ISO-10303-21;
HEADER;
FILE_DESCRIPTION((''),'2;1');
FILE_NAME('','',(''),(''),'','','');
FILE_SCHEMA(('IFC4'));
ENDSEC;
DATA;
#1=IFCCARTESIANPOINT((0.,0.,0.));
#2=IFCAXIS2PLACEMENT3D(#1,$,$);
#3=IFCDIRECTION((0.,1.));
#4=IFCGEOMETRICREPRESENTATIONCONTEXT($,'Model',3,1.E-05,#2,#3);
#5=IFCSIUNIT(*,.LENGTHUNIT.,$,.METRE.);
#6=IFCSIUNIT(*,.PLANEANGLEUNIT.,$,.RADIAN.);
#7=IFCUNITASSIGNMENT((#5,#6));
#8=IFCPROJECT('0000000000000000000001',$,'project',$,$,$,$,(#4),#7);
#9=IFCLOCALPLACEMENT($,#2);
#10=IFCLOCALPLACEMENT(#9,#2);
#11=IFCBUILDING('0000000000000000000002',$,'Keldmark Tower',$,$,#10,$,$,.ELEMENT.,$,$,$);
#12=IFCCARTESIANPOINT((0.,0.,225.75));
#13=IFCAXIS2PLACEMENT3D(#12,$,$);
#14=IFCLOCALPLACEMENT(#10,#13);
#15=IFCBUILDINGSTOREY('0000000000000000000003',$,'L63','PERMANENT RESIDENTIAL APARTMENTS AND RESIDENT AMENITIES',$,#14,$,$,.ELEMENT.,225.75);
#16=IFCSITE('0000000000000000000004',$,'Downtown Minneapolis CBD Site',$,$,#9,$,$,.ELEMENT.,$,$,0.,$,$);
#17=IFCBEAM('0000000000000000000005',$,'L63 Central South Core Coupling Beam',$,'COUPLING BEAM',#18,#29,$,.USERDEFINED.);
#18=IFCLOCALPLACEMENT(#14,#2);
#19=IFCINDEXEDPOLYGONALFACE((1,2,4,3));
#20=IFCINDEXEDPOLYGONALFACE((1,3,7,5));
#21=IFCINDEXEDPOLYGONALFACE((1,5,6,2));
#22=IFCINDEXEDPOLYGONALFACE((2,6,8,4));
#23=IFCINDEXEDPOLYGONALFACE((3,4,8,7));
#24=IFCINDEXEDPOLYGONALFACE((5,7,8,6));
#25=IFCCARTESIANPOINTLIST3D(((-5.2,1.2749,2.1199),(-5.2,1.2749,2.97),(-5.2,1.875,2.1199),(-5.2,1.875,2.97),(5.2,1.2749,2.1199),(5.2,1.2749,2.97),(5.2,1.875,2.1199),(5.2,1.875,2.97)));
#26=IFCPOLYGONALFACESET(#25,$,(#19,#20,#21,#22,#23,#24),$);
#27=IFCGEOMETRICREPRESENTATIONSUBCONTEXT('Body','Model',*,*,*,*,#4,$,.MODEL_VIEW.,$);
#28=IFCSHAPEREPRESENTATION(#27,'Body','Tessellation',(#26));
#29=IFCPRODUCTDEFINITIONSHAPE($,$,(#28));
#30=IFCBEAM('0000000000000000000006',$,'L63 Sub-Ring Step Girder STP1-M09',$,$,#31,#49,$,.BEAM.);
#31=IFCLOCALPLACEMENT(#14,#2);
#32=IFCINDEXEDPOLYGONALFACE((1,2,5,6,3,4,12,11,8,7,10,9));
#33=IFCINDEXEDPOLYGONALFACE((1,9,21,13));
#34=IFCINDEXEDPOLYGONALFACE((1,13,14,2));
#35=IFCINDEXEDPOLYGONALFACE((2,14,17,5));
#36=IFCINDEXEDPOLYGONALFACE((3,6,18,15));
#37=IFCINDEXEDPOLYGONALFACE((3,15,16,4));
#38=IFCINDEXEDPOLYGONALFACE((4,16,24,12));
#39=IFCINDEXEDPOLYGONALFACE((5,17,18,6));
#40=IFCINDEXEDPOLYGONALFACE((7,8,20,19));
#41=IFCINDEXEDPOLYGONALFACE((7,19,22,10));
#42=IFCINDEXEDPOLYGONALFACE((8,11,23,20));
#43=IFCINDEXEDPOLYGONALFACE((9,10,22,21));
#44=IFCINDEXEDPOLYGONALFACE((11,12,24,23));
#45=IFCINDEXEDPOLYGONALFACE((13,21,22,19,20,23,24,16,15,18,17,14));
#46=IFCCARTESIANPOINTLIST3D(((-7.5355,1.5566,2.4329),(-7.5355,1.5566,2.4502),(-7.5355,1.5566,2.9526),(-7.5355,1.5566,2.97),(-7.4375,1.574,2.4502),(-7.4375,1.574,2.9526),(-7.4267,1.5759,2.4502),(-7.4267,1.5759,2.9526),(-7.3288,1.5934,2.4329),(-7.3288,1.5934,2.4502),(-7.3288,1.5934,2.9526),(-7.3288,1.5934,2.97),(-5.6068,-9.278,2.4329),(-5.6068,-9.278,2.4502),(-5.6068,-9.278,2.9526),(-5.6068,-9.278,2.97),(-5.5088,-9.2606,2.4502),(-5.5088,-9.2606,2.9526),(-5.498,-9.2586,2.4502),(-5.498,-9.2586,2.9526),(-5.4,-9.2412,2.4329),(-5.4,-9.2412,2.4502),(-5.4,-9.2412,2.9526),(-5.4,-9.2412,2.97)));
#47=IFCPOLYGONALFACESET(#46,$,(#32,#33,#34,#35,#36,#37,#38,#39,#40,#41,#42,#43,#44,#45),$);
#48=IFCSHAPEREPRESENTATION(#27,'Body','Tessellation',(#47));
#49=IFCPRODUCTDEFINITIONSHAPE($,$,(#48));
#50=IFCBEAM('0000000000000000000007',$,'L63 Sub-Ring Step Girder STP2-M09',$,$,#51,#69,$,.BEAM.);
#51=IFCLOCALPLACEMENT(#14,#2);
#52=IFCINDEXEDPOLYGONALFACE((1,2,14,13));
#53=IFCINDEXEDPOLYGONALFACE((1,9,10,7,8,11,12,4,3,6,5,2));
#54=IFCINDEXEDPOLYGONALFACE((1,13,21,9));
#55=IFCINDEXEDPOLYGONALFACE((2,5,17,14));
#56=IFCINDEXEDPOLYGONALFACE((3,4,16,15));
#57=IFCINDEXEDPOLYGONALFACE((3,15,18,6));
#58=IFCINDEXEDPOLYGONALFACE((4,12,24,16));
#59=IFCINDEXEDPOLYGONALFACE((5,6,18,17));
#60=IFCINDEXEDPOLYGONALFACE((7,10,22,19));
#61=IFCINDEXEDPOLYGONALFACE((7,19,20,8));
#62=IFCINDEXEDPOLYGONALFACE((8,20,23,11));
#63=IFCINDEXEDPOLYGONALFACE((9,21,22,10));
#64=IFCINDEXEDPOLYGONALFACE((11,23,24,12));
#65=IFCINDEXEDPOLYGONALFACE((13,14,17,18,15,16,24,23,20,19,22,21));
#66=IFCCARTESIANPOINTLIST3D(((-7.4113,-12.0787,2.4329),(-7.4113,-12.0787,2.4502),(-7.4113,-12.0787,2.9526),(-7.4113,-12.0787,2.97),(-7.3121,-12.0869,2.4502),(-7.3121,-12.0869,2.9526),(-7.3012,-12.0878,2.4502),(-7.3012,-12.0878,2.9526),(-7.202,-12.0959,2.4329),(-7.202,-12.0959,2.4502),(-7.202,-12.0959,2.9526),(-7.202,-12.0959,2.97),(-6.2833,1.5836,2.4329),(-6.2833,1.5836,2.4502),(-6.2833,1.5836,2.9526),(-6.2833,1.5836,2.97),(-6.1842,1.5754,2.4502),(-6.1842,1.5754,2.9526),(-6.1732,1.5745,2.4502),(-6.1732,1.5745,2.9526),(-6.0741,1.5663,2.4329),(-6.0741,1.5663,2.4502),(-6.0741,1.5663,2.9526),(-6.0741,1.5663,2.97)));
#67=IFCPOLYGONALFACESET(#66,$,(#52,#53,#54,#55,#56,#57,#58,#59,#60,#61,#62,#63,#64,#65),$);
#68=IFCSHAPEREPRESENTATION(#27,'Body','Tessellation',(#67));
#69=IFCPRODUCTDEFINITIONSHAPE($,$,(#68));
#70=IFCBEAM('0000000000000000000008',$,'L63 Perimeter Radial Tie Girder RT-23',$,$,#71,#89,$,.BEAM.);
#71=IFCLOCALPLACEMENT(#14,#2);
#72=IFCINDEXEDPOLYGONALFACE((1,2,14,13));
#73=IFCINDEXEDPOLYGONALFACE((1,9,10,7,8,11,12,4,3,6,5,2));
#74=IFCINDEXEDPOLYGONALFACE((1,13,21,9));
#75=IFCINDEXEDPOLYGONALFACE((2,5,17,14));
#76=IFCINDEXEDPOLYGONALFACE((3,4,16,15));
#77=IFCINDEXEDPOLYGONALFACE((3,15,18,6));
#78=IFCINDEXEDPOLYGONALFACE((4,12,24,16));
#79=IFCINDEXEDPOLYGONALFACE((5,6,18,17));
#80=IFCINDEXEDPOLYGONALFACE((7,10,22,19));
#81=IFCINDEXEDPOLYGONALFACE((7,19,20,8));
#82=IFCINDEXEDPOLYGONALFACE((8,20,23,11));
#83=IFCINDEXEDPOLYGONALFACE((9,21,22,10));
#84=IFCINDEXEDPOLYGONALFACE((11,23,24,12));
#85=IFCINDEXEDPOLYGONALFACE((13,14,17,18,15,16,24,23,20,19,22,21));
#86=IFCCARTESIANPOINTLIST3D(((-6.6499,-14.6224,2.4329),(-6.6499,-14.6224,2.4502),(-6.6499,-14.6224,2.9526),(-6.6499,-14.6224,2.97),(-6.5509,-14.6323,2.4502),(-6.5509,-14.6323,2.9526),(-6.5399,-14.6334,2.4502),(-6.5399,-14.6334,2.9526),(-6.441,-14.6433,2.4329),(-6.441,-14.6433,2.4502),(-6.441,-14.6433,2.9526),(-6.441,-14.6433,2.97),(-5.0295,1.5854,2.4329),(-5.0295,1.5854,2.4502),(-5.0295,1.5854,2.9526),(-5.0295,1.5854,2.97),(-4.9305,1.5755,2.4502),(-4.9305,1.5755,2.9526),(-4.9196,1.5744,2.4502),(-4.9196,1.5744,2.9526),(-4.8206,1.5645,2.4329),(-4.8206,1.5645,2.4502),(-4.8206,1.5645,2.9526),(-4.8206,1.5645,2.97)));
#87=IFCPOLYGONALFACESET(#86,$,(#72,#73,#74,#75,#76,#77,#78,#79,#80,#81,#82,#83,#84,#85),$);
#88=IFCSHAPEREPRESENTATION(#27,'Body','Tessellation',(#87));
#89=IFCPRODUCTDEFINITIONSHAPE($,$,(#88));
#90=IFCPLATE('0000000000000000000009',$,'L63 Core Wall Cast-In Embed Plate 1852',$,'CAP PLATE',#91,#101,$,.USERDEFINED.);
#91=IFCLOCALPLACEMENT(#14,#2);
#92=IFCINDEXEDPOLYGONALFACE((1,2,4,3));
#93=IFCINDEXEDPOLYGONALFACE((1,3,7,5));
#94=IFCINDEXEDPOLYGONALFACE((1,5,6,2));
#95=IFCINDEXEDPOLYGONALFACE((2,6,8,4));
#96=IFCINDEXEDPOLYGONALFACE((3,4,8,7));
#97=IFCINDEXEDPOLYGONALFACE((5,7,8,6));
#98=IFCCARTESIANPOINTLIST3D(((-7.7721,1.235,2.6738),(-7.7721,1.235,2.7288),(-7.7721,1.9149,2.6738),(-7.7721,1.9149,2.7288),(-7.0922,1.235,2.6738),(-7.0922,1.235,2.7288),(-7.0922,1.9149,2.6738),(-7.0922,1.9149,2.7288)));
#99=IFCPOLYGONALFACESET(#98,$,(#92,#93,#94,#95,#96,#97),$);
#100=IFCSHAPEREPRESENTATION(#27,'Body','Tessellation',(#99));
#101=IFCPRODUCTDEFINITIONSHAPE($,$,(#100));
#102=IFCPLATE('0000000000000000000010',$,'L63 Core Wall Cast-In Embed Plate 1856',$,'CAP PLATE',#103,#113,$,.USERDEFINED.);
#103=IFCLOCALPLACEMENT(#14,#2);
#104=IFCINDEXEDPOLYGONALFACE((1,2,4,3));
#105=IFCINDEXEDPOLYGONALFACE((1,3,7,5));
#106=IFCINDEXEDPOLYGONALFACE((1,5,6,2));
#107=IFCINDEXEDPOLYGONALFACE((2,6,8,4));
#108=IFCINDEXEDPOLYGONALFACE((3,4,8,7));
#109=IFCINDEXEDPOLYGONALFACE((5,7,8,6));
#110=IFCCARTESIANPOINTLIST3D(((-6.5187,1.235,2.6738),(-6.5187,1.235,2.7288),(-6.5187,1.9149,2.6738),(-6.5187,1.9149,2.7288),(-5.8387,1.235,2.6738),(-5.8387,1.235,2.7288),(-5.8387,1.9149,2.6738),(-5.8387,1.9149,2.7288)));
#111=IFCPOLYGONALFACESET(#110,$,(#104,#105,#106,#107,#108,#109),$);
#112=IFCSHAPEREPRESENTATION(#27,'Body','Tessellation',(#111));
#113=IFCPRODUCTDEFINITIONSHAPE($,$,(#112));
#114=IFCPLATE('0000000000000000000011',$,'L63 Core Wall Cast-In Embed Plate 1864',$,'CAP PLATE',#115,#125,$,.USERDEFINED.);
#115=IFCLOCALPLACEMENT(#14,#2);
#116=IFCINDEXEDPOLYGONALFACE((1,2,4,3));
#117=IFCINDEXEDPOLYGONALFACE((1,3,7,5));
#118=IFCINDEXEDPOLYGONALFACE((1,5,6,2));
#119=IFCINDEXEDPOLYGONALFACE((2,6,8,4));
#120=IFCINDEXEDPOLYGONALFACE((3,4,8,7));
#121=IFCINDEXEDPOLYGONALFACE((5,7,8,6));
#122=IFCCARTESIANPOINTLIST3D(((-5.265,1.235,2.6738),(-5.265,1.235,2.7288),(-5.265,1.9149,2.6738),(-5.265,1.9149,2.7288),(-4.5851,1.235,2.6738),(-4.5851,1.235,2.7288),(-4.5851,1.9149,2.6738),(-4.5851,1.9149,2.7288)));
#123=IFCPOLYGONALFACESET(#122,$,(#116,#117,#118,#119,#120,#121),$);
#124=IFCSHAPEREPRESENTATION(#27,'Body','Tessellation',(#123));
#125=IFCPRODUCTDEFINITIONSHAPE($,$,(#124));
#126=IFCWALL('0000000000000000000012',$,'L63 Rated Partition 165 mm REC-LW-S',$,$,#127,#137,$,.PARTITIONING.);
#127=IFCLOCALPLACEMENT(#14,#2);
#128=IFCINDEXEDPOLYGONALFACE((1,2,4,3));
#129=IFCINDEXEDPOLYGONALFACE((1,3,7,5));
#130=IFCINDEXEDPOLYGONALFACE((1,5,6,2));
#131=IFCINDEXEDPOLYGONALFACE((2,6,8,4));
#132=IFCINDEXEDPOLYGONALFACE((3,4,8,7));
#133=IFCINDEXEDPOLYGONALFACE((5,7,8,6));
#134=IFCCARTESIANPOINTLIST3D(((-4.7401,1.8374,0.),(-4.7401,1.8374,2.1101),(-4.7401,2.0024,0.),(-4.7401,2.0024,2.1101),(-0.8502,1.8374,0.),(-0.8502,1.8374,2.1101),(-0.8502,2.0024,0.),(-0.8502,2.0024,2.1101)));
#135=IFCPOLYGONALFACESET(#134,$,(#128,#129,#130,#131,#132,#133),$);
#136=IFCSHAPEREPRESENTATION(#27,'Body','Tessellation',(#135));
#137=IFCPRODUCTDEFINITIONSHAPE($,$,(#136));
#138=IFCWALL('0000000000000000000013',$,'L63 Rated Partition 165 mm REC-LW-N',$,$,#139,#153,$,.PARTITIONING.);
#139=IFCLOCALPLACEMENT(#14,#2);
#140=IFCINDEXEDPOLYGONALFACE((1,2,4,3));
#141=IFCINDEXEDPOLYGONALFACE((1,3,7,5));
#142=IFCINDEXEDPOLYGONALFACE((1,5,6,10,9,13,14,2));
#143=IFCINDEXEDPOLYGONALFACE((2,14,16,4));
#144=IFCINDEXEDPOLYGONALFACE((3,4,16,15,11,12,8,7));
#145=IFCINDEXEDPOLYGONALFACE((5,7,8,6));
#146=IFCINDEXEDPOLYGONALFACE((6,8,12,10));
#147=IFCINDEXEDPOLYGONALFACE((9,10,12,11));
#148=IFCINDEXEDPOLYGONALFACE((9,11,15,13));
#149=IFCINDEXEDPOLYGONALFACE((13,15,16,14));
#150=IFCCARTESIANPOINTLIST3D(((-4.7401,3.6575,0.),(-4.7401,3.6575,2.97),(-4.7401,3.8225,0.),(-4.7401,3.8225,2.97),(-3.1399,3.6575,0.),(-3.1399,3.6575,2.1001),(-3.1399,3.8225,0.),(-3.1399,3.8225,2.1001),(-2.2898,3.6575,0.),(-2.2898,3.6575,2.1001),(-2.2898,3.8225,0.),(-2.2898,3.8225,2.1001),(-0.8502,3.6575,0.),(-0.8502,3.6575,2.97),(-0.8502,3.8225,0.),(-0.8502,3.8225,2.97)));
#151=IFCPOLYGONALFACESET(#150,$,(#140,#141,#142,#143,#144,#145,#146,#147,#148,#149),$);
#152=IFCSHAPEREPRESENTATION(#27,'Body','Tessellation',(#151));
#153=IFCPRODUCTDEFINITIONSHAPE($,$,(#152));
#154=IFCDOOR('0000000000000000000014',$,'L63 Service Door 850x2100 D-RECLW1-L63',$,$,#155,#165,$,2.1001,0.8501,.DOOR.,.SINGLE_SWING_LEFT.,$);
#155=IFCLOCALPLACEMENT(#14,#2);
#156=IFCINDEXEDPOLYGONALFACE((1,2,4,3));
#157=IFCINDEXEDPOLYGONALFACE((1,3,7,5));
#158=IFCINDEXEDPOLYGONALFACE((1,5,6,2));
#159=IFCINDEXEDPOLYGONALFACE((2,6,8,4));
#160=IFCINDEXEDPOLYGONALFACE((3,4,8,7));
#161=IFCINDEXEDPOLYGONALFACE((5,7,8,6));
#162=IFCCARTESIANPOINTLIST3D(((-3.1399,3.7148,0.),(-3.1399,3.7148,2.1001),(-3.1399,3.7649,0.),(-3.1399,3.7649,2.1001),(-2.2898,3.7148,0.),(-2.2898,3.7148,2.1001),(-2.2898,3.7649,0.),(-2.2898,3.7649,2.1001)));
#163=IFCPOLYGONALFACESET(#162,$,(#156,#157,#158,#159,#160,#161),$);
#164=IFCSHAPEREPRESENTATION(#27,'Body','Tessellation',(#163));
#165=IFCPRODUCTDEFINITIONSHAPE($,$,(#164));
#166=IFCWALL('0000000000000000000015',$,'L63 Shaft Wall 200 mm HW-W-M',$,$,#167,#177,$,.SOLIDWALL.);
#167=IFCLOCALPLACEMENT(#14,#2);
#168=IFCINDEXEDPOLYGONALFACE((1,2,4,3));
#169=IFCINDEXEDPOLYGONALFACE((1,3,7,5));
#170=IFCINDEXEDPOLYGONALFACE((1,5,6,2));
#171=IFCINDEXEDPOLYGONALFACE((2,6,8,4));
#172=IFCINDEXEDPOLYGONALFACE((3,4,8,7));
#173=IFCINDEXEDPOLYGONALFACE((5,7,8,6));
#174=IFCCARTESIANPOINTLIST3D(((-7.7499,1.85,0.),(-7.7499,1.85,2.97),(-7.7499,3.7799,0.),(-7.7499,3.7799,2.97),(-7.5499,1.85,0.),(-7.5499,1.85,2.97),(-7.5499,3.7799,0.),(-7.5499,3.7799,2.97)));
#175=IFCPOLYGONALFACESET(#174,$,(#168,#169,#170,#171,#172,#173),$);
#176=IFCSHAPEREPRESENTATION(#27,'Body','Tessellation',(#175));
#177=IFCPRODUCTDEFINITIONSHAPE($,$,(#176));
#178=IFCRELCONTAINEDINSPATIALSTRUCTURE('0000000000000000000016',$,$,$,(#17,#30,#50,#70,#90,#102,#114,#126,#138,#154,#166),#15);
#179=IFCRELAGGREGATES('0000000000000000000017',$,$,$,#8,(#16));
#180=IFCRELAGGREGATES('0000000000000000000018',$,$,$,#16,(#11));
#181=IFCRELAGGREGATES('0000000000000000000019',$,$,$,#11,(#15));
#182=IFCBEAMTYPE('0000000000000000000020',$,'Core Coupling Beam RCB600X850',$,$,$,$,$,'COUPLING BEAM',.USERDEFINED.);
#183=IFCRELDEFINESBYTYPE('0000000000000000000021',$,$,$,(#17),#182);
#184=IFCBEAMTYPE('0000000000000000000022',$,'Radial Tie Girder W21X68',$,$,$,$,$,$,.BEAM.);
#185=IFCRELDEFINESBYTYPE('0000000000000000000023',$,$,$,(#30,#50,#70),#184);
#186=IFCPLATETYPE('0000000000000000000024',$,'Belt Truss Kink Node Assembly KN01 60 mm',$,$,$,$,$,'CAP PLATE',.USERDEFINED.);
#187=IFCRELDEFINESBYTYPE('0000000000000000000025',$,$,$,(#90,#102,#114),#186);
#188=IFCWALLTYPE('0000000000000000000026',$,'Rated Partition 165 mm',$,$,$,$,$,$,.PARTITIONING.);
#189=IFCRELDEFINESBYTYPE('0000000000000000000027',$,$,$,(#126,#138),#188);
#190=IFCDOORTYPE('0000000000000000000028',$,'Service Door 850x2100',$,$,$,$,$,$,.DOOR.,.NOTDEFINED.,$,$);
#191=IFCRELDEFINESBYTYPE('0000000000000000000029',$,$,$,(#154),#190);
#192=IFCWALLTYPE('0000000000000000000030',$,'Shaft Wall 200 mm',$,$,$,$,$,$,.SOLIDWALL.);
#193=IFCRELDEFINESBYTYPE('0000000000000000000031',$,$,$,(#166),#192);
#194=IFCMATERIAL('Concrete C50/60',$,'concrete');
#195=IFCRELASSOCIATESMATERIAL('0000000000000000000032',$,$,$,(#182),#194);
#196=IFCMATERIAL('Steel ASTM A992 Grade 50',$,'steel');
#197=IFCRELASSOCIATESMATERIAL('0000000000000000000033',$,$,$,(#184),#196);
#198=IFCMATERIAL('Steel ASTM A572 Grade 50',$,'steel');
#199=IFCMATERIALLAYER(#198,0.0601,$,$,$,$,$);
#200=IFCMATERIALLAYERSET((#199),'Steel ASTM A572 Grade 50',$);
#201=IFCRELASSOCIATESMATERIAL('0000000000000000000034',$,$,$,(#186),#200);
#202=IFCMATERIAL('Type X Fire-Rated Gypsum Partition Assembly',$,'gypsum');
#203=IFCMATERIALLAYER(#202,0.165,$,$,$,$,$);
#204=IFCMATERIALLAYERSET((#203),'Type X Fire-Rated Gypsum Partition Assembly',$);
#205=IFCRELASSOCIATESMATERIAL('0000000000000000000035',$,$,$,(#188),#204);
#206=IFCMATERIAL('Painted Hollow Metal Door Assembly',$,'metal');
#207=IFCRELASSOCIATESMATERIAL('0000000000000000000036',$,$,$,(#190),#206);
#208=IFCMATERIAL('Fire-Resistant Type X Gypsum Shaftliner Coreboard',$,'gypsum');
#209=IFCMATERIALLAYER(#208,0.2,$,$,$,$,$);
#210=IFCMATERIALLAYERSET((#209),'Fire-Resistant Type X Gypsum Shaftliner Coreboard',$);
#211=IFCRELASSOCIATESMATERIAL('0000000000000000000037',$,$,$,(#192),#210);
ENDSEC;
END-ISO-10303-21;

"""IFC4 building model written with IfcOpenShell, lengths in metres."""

from ifc_helpers import new_model, si_unit, direction, frame, frame_2d, origin, origin_2d, place, context, subcontext, project, spatial, rectangle, i_section, extrude, material, layer, layer_set, material_profile, profile_set, type_object, element, fill, save


model = new_model("IFC4")

# Units and contexts
model_context = context("Model", 3, precision=1e-05, world=origin(), true_north=direction((0.0, 1.0)))
body_context = subcontext(model_context, "Body", "Model", "MODEL_VIEW")
ifc_project = project(units=[si_unit("LENGTHUNIT", "METRE"), si_unit("PLANEANGLEUNIT", "RADIAN")], contexts=[model_context])

# Site, building, storey
site_placement = place(None, origin())
site = spatial("IfcSite", under=ifc_project, at=site_placement, Name="Downtown Minneapolis CBD Site", CompositionType="ELEMENT", RefElevation=0.0)
building_placement = place(site_placement, origin())
building = spatial("IfcBuilding", under=site, at=building_placement, Name="Keldmark Tower", CompositionType="ELEMENT")
storey_placement = place(building_placement, frame((0.0, 0.0, 225.75)))
storey = spatial("IfcBuildingStorey", under=building, at=storey_placement, Name="L63", Description="PERMANENT RESIDENTIAL APARTMENTS AND RESIDENT AMENITIES", CompositionType="ELEMENT", Elevation=225.75)

# Beams
ifc_material_1 = material(Name="Concrete C50/60", Category="concrete")
ifc_material_profile_1 = material_profile(ifc_material_1, rectangle(XDim=0.6001, YDim=0.8501, at=origin_2d()), Name="RCB600X850")
ifc_profile_set_1 = profile_set([ifc_material_profile_1], Name="Concrete C50/60")
beam_type_1 = type_object("IfcBeamType", Name="Core Coupling Beam RCB600X850", ElementType="COUPLING BEAM", PredefinedType="USERDEFINED", material=ifc_profile_set_1)
beam_1_placement = place(storey_placement, frame((-5.2, 1.575, 2.5449), z_axis=(1.0, 0.0, 0.0), x_axis=(0.0, 1.0, 0.0)))
element("IfcBeam", 1, at=beam_1_placement, inside=storey, type_object=beam_type_1, Name="L63 Central South Core Coupling Beam", ObjectType="COUPLING BEAM", PredefinedType="USERDEFINED", context=body_context, shape_type="SweptSolid", body=[
    extrude(rectangle(XDim=0.6001, YDim=0.8501, at=origin_2d()), origin(), (0.0, 0.0, 1.0), 10.3999),
])
ifc_material_2 = material(Name="Steel ASTM A992 Grade 50", Category="steel")
ifc_material_profile_2 = material_profile(ifc_material_2, i_section(OverallWidth=0.21, OverallDepth=0.5371, WebThickness=0.011, FlangeThickness=0.0173, at=origin_2d()), Name="W21X68")
ifc_profile_set_2 = profile_set([ifc_material_profile_2], Name="Steel ASTM A992 Grade 50")
beam_type_2 = type_object("IfcBeamType", Name="Radial Tie Girder W21X68", PredefinedType="BEAM", material=ifc_profile_set_2)
beam_2_placement = place(storey_placement, frame((-7.4321, 1.575, 2.7014), z_axis=(0.175261, -0.984522, 0.0), x_axis=(0.984522, 0.175261, 0.0)))
element("IfcBeam", 2, at=beam_2_placement, inside=storey, type_object=beam_type_2, Name="L63 Sub-Ring Step Girder STP1-M09", PredefinedType="BEAM", context=body_context, shape_type="SweptSolid", body=[
    extrude(i_section(OverallWidth=0.21, OverallDepth=0.5371, WebThickness=0.011, FlangeThickness=0.0173, at=origin_2d()), origin(), (0.0, 0.0, 1.0), 11.0049),
])
beam_3_placement = place(storey_placement, frame((-6.1787, 1.575, 2.7014), z_axis=(-0.082278, -0.996609, 0.0), x_axis=(0.996609, -0.082278, 0.0)))
element("IfcBeam", 3, at=beam_3_placement, inside=storey, type_object=beam_type_2, Name="L63 Sub-Ring Step Girder STP2-M09", PredefinedType="BEAM", context=body_context, shape_type="SweptSolid", body=[
    extrude(i_section(OverallWidth=0.21, OverallDepth=0.5371, WebThickness=0.011, FlangeThickness=0.0173, at=origin_2d()), origin(), (0.0, 0.0, 1.0), 13.7087),
])
beam_4_placement = place(storey_placement, frame((-4.925, 1.575, 2.7014), z_axis=(-0.099478, -0.99504, 0.0), x_axis=(0.99504, -0.099478, 0.0)))
element("IfcBeam", 4, at=beam_4_placement, inside=storey, type_object=beam_type_2, Name="L63 Perimeter Radial Tie Girder RT-23", PredefinedType="BEAM", context=body_context, shape_type="SweptSolid", body=[
    extrude(i_section(OverallWidth=0.21, OverallDepth=0.5371, WebThickness=0.011, FlangeThickness=0.0173, at=origin_2d()), origin(), (0.0, 0.0, 1.0), 16.2886),
])

# Plates
ifc_material_3 = material(Name="Steel ASTM A572 Grade 50", Category="steel")
ifc_layer_1 = layer(ifc_material_3, 0.0601)
ifc_layer_set_1 = layer_set([ifc_layer_1], Name="Steel ASTM A572 Grade 50")
plate_type = type_object("IfcPlateType", Name="Belt Truss Kink Node Assembly KN01 60 mm", ElementType="CAP PLATE", PredefinedType="USERDEFINED", material=ifc_layer_set_1)
for number, where, z_axis, x_axis, name in (
    (5, (-7.4321, 1.575, 2.6738), (0.0, 0.0, 1.0), (1.0, 0.0, 0.0), "L63 Core Wall Cast-In Embed Plate 1852"),
    (6, (-6.1787, 1.575, 2.6738), (0.0, 0.0, 1.0), (1.0, 0.0, 0.0), "L63 Core Wall Cast-In Embed Plate 1856"),
    (7, (-4.925, 1.575, 2.6738), (0.0, 0.0, 1.0), (1.0, 0.0, 0.0), "L63 Core Wall Cast-In Embed Plate 1864"),
):
    element("IfcPlate", number, at=place(storey_placement, frame(where, z_axis=z_axis, x_axis=x_axis)), inside=storey, type_object=plate_type, Name=name, ObjectType="CAP PLATE", PredefinedType="USERDEFINED", context=body_context, shape_type="SweptSolid", body=[
        extrude(rectangle(XDim=0.6799, YDim=0.6799, at=origin_2d()), origin(), (0.0, 0.0, 1.0), 0.0549),
    ])

# Wall
ifc_material_4 = material(Name="Type X Fire-Rated Gypsum Partition Assembly", Category="gypsum")
ifc_layer_2 = layer(ifc_material_4, 0.165)
ifc_layer_set_2 = layer_set([ifc_layer_2], Name="Type X Fire-Rated Gypsum Partition Assembly")
wall_type_1 = type_object("IfcWallType", Name="Rated Partition 165 mm", PredefinedType="PARTITIONING", material=ifc_layer_set_2)
wall_1_placement = place(storey_placement, frame((-4.74, 1.9199, 0.0), z_axis=(0.0, 0.0, 1.0), x_axis=(1.0, 0.0, 0.0)))
element("IfcWall", 8, at=wall_1_placement, inside=storey, type_object=wall_type_1, Name="L63 Rated Partition 165 mm REC-LW-S", PredefinedType="PARTITIONING", context=body_context, shape_type="SweptSolid", body=[
    extrude(rectangle(XDim=3.8899, YDim=0.165, at=frame_2d((1.9448, 0.0))), origin(), (0.0, 0.0, 1.0), 2.1101),
])

# Wall, opening, door
wall_2_placement = place(storey_placement, frame((-4.74, 3.74, 0.0), z_axis=(0.0, 0.0, 1.0), x_axis=(1.0, 0.0, 0.0)))
wall_2 = element("IfcWall", 9, at=wall_2_placement, inside=storey, type_object=wall_type_1, Name="L63 Rated Partition 165 mm REC-LW-N", PredefinedType="PARTITIONING", context=body_context, shape_type="SweptSolid", body=[
    extrude(rectangle(XDim=3.8899, YDim=0.165, at=frame_2d((1.9448, 0.0))), origin(), (0.0, 0.0, 1.0), 2.97),
])
opening_1_placement = place(wall_2_placement, frame((1.6001, 0.0, 0.0)))
opening_1 = element("IfcOpeningElement", 10, at=opening_1_placement, cuts=wall_2, PredefinedType="OPENING", context=body_context, shape_type="SweptSolid", body=[
    extrude(rectangle(XDim=0.8501, YDim=2.1001, at=frame_2d((0.425, 1.05))), frame((0.0, 0.0925, 0.0), z_axis=(0.0, -1.0, 0.0), x_axis=(1.0, 0.0, 0.0)), (0.0, 0.0, 1.0), 0.1851),
])
ifc_material_5 = material(Name="Painted Hollow Metal Door Assembly", Category="metal")
door_type_1 = type_object("IfcDoorType", Name="Service Door 850x2100", OperationType="NOTDEFINED", PredefinedType="DOOR", material=ifc_material_5)
door_1_placement = place(opening_1_placement, origin())
door_1 = element("IfcDoor", 11, at=door_1_placement, inside=storey, type_object=door_type_1, Name="L63 Service Door 850x2100 D-RECLW1-L63", OperationType="SINGLE_SWING_LEFT", OverallHeight=2.1001, OverallWidth=0.8501, PredefinedType="DOOR", context=body_context, shape_type="SweptSolid", body=[
    extrude(rectangle(XDim=0.8501, YDim=2.1001, at=frame_2d((0.425, 1.05))), frame((0.0, 0.0249, 0.0), z_axis=(0.0, -1.0, 0.0), x_axis=(1.0, 0.0, 0.0)), (0.0, 0.0, 1.0), 0.05),
])
fill(opening_1, door_1)

# Wall
ifc_material_6 = material(Name="Fire-Resistant Type X Gypsum Shaftliner Coreboard", Category="gypsum")
ifc_layer_3 = layer(ifc_material_6, 0.2)
ifc_layer_set_3 = layer_set([ifc_layer_3], Name="Fire-Resistant Type X Gypsum Shaftliner Coreboard")
wall_type_2 = type_object("IfcWallType", Name="Shaft Wall 200 mm", PredefinedType="SOLIDWALL", material=ifc_layer_set_3)
wall_3_placement = place(storey_placement, frame((-7.6499, 1.8501, 0.0), z_axis=(0.0, 0.0, 1.0), x_axis=(0.0, 1.0, 0.0)))
element("IfcWall", 12, at=wall_3_placement, inside=storey, type_object=wall_type_2, Name="L63 Shaft Wall 200 mm HW-W-M", PredefinedType="SOLIDWALL", context=body_context, shape_type="SweptSolid", body=[
    extrude(rectangle(XDim=1.9299, YDim=0.2, at=frame_2d((0.9648, 0.0))), origin(), (0.0, 0.0, 1.0), 2.97),
])

save(model, "model.ifc")
